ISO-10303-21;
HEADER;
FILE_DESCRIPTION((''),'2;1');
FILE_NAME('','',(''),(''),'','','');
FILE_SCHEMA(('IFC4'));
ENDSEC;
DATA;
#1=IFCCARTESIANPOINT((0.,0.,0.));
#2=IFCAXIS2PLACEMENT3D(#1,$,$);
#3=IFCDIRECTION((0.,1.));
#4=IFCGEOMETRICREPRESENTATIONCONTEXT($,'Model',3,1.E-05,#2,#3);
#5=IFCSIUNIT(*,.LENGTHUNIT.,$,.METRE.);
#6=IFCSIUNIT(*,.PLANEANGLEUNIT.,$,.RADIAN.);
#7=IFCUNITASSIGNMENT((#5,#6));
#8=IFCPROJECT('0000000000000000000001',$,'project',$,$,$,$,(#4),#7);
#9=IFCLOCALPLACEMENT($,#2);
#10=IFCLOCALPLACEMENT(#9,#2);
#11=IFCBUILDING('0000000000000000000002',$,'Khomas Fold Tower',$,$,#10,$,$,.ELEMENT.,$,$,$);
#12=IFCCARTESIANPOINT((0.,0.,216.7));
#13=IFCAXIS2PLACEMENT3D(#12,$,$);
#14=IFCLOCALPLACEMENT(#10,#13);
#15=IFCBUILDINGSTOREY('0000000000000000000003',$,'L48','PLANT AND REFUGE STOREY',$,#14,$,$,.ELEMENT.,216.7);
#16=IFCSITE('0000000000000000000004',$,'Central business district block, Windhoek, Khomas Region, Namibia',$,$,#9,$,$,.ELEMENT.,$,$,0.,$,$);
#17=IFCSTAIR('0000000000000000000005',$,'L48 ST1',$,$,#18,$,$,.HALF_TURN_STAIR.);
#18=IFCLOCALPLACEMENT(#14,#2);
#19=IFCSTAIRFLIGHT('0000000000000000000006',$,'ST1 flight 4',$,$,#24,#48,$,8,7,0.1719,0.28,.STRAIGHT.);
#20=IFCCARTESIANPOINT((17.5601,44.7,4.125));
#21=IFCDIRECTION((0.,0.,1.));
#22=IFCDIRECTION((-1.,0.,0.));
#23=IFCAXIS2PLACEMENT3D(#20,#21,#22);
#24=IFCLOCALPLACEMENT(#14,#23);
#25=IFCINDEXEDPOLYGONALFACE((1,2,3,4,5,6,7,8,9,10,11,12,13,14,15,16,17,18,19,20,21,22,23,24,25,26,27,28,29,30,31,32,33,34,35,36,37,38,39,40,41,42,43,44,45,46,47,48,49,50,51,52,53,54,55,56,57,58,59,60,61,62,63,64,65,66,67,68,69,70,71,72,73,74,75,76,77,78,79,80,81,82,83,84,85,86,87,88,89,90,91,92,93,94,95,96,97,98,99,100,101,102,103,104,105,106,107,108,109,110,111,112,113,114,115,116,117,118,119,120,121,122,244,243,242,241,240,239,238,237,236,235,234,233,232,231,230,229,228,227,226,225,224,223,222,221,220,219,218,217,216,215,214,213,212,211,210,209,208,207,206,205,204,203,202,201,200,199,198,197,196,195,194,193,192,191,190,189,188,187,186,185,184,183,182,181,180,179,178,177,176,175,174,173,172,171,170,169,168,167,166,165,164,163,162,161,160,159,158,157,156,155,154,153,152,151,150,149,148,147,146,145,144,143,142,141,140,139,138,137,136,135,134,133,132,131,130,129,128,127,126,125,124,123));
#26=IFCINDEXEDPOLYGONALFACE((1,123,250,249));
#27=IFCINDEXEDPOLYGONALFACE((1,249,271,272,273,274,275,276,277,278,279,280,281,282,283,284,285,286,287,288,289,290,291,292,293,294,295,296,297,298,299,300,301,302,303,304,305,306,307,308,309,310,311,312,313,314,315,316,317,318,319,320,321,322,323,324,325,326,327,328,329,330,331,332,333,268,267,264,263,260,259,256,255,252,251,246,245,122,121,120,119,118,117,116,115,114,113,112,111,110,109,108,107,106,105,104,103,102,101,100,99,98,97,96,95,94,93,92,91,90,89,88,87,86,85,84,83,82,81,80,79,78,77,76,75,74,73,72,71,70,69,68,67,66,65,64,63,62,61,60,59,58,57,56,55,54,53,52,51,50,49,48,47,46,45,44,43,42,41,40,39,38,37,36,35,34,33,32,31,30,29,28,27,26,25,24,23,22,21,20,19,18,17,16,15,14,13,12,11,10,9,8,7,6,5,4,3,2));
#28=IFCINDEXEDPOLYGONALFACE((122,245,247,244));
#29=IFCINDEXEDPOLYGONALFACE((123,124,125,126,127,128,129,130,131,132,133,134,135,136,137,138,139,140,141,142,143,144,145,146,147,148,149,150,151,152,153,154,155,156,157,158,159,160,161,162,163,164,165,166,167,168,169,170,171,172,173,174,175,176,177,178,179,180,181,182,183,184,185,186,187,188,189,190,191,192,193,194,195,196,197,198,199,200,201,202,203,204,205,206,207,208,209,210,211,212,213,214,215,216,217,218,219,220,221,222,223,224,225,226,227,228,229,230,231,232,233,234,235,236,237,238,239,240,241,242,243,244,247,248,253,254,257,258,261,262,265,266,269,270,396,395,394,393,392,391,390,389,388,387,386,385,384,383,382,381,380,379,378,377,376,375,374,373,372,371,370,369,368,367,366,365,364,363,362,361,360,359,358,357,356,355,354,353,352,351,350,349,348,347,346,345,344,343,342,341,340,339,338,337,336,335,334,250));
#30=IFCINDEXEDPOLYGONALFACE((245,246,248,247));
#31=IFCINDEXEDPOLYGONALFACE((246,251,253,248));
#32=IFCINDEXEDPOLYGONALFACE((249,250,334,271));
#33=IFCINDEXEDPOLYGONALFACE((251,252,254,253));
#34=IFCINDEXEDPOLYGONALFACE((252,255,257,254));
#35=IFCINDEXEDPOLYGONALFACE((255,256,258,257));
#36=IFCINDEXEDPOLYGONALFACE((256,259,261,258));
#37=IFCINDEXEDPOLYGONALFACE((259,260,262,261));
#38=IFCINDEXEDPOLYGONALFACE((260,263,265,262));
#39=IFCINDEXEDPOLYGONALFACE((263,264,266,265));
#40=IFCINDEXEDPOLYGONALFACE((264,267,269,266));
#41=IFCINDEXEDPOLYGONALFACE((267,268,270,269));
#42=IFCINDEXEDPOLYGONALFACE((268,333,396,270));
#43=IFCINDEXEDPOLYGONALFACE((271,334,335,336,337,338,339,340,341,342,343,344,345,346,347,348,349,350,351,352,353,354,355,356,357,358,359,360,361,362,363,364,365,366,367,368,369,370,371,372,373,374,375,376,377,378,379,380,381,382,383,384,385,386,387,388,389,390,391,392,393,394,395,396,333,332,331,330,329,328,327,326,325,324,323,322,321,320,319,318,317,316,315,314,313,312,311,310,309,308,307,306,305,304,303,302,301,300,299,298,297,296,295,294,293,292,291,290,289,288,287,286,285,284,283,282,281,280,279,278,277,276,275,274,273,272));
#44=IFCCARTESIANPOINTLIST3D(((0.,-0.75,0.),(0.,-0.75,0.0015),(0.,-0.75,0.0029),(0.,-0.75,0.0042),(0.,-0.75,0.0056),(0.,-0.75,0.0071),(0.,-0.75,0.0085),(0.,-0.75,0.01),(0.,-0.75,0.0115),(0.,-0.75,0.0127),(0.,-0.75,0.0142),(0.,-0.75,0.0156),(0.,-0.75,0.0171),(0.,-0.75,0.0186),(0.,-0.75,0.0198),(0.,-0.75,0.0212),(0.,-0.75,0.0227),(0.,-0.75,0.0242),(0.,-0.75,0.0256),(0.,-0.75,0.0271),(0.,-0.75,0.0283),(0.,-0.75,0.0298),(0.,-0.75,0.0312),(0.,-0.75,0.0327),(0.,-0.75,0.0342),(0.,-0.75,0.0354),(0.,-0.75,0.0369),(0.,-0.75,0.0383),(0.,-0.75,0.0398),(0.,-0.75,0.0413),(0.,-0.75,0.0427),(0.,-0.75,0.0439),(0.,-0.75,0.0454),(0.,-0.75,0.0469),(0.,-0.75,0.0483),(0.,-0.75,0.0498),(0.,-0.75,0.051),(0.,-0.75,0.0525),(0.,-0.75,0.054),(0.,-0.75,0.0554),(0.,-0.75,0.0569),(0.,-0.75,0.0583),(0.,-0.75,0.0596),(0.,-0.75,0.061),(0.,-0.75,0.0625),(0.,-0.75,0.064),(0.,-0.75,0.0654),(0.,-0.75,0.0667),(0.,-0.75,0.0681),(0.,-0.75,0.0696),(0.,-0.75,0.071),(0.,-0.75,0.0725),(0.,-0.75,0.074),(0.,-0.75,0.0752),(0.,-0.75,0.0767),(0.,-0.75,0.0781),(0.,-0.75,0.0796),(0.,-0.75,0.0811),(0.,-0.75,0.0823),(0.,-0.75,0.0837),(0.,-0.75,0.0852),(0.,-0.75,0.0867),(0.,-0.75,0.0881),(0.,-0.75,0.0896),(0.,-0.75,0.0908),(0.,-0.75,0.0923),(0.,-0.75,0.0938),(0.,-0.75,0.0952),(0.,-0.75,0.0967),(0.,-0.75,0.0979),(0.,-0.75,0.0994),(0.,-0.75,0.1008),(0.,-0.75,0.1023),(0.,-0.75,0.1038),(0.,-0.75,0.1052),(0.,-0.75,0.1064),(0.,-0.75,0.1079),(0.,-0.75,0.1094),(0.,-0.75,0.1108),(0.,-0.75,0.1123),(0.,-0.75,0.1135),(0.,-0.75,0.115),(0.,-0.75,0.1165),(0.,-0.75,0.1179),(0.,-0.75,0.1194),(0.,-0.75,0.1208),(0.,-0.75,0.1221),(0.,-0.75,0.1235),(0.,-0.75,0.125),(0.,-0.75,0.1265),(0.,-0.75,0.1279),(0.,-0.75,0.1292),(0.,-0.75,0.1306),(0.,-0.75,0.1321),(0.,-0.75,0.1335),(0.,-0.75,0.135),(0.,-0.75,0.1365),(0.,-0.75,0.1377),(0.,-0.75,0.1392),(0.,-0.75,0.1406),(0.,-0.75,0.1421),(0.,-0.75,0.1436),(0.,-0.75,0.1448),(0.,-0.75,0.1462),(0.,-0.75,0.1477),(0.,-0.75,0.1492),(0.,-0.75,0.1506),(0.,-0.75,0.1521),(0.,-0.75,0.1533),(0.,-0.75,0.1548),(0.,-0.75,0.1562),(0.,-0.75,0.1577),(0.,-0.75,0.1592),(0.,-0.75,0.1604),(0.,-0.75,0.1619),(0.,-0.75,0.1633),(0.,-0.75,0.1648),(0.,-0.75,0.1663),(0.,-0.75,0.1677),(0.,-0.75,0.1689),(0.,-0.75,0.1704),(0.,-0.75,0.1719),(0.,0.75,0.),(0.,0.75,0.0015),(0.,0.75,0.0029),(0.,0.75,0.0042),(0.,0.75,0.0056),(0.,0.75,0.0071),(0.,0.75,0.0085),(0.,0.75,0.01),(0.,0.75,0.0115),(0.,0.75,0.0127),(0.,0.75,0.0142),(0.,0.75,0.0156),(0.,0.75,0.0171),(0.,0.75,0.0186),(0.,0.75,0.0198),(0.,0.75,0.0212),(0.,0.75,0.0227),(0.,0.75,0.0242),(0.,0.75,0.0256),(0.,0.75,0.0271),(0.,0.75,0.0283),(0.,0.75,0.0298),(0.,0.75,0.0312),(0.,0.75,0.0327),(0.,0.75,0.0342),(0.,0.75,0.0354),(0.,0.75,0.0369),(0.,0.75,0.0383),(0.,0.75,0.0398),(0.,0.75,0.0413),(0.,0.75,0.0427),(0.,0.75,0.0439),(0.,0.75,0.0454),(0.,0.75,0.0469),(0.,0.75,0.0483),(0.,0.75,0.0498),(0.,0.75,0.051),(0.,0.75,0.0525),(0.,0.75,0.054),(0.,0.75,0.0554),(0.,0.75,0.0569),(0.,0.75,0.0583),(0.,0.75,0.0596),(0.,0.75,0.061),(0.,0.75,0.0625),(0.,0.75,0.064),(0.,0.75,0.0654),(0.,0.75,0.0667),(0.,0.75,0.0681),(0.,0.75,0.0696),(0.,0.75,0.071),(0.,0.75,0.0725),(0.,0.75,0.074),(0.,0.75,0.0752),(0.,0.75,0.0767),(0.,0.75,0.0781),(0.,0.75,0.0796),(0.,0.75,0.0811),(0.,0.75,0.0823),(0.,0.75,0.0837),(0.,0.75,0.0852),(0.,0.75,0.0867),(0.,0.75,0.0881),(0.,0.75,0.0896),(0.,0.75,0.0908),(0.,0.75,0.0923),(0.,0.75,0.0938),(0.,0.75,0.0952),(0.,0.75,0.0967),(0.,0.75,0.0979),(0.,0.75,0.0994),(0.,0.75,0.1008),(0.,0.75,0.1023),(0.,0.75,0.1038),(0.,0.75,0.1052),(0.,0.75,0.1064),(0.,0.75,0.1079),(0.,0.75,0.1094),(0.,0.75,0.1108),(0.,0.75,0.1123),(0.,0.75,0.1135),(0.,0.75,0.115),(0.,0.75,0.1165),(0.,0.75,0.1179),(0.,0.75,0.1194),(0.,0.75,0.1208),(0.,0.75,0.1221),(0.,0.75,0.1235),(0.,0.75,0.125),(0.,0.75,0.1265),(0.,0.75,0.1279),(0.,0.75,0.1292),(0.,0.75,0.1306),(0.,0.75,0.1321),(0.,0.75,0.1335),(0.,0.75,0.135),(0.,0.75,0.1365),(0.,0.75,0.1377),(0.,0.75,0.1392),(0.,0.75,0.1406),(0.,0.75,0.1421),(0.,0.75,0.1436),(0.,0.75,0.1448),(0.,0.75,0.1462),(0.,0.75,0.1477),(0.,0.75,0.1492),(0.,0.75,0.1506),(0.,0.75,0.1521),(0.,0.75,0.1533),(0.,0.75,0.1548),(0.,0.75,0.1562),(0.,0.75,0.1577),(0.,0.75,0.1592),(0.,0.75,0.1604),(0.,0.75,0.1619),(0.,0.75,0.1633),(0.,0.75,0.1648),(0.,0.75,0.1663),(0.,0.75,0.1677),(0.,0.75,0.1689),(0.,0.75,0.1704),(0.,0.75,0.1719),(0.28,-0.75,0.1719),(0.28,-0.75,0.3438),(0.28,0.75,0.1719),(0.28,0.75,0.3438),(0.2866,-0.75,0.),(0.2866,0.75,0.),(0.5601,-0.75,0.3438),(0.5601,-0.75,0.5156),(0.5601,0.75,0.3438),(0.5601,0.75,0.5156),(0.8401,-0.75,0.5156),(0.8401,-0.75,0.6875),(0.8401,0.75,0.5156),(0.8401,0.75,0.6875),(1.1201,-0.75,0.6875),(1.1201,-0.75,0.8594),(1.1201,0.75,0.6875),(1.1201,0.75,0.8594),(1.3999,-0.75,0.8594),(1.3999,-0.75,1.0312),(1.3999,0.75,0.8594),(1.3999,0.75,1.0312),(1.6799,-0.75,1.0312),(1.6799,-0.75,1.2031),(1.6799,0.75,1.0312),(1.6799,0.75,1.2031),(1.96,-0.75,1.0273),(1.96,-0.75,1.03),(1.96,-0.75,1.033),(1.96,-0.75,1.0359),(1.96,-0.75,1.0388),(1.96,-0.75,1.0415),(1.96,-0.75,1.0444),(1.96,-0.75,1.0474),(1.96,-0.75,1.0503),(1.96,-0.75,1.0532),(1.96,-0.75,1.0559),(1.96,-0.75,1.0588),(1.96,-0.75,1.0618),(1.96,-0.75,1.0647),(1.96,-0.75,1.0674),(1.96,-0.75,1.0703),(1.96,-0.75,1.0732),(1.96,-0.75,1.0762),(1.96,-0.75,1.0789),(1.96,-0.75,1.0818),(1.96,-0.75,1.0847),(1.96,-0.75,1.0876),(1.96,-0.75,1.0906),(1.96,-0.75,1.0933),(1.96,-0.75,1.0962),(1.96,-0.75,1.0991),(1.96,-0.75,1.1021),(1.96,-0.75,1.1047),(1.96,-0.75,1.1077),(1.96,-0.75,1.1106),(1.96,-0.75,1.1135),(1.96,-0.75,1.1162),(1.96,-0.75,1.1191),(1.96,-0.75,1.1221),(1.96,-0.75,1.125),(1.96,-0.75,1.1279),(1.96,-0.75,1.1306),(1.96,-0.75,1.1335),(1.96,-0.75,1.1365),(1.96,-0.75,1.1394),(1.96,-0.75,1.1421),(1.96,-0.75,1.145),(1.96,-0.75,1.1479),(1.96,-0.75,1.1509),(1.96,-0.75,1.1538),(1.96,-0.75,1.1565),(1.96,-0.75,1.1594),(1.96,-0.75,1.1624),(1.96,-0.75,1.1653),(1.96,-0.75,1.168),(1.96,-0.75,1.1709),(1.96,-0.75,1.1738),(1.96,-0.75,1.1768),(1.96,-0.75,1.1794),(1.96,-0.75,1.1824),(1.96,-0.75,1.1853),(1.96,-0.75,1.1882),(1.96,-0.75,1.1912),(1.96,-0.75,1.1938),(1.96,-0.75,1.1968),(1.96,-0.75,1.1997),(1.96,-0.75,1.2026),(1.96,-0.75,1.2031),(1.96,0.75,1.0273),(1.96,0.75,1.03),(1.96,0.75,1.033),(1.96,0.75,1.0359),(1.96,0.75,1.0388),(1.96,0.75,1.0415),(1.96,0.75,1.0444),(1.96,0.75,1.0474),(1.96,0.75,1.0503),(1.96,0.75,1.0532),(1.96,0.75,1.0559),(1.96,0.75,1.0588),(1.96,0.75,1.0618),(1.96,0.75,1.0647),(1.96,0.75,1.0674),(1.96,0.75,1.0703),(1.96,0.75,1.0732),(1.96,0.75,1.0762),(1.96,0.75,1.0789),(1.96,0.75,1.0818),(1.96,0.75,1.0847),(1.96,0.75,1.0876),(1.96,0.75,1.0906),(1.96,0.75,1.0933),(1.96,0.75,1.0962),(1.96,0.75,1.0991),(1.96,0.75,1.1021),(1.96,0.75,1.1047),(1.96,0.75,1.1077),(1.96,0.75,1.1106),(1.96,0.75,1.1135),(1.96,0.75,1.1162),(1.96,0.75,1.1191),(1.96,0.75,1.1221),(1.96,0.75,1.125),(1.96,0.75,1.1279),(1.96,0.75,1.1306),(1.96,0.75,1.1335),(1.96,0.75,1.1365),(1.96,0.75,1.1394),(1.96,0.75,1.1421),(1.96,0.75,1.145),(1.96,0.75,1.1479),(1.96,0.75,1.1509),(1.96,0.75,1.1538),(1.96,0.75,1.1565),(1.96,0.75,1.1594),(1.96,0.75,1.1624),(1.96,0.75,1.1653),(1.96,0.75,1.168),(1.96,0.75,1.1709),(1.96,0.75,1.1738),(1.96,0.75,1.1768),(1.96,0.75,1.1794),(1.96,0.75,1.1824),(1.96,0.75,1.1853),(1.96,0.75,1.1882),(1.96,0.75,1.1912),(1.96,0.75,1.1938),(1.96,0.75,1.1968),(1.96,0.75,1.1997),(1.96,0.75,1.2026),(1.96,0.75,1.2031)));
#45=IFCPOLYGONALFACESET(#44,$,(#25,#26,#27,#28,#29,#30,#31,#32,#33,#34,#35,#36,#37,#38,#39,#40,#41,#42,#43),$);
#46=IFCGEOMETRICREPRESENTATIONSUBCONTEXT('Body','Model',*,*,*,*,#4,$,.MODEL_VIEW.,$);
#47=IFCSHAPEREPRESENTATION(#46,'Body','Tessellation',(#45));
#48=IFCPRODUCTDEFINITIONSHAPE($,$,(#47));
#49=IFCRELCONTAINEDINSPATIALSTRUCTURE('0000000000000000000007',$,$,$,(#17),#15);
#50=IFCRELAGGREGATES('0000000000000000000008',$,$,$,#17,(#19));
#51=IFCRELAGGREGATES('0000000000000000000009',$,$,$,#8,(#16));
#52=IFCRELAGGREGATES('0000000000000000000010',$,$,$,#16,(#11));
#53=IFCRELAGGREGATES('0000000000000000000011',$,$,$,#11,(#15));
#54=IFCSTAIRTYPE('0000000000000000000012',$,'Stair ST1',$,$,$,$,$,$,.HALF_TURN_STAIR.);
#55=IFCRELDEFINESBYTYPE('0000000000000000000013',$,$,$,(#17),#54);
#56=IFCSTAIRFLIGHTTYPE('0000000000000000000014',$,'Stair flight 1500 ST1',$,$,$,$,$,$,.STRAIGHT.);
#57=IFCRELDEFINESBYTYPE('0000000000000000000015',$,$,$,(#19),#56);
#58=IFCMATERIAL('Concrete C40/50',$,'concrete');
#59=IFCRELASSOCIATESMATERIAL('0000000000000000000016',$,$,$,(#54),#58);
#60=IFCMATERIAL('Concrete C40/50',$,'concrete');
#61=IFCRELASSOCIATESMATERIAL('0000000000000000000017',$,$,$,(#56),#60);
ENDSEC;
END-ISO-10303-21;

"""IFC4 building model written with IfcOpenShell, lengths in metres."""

from ifc_helpers import new_model, si_unit, direction, frame, origin, place, context, subcontext, project, spatial, polyline, outline, extrude, source, transform, mapped, material, type_object, element, aggregate, save


model = new_model("IFC4")

# Units and contexts
model_context = context("Model", 3, precision=1e-05, world=origin(), true_north=direction((0.0, 1.0)))
body_context = subcontext(model_context, "Body", "Model", "MODEL_VIEW")
ifc_project = project(units=[si_unit("LENGTHUNIT", "METRE"), si_unit("PLANEANGLEUNIT", "RADIAN")], contexts=[model_context])

# Site, building, storey
site_placement = place(None, origin())
site = spatial("IfcSite", under=ifc_project, at=site_placement, Name="Central business district block, Windhoek, Khomas Region, Namibia", CompositionType="ELEMENT", RefElevation=0.0)
building_placement = place(site_placement, origin())
building = spatial("IfcBuilding", under=site, at=building_placement, Name="Khomas Fold Tower", CompositionType="ELEMENT")
storey_placement = place(building_placement, frame((0.0, 0.0, 216.7)))
storey = spatial("IfcBuildingStorey", under=building, at=storey_placement, Name="L48", Description="PLANT AND REFUGE STOREY", CompositionType="ELEMENT", Elevation=216.7)

# Stair, stair flight
ifc_material_1 = material(Name="Concrete C40/50", Category="concrete")
stair_type = type_object("IfcStairType", Name="Stair ST1", PredefinedType="HALF_TURN_STAIR", material=ifc_material_1)
stair_placement = place(storey_placement, origin())
stair = element("IfcStair", 1, at=stair_placement, inside=storey, type_object=stair_type, Name="L48 ST1", PredefinedType="HALF_TURN_STAIR")
ifc_material_2 = material(Name="Concrete C40/50", Category="concrete")
stair_flight_type = type_object("IfcStairFlightType", Name="Stair flight 1500 ST1", PredefinedType="STRAIGHT", material=ifc_material_2)
shared_shape_1 = source(origin(), body_context, "Body", "SweptSolid", [
    extrude(outline(polyline([(0.0, 0.0), (0.0, 0.0015), (0.0, 0.0029), (0.0, 0.0042), (0.0, 0.0056), (0.0, 0.0071), (0.0, 0.0085), (0.0, 0.01), (0.0, 0.0115), (0.0, 0.0127), (0.0, 0.0142), (0.0, 0.0156), (0.0, 0.0171), (0.0, 0.0186), (0.0, 0.0198), (0.0, 0.0212), (0.0, 0.0227), (0.0, 0.0242), (0.0, 0.0256), (0.0, 0.0271), (0.0, 0.0283), (0.0, 0.0298), (0.0, 0.0312), (0.0, 0.0327), (0.0, 0.0342), (0.0, 0.0354), (0.0, 0.0369), (0.0, 0.0383), (0.0, 0.0398), (0.0, 0.0413), (0.0, 0.0427), (0.0, 0.0439), (0.0, 0.0454), (0.0, 0.0469), (0.0, 0.0483), (0.0, 0.0498), (0.0, 0.051), (0.0, 0.0525), (0.0, 0.054), (0.0, 0.0554), (0.0, 0.0569), (0.0, 0.0583), (0.0, 0.0596), (0.0, 0.061), (0.0, 0.0625), (0.0, 0.064), (0.0, 0.0654), (0.0, 0.0667), (0.0, 0.0681), (0.0, 0.0696), (0.0, 0.071), (0.0, 0.0725), (0.0, 0.074), (0.0, 0.0752), (0.0, 0.0767), (0.0, 0.0781), (0.0, 0.0796), (0.0, 0.0811), (0.0, 0.0823), (0.0, 0.0837), (0.0, 0.0852), (0.0, 0.0867), (0.0, 0.0881), (0.0, 0.0896), (0.0, 0.0908), (0.0, 0.0923), (0.0, 0.0938), (0.0, 0.0952), (0.0, 0.0967), (0.0, 0.0979), (0.0, 0.0994), (0.0, 0.1008), (0.0, 0.1023), (0.0, 0.1038), (0.0, 0.1052), (0.0, 0.1064), (0.0, 0.1079), (0.0, 0.1094), (0.0, 0.1108), (0.0, 0.1123), (0.0, 0.1135), (0.0, 0.115), (0.0, 0.1165), (0.0, 0.1179), (0.0, 0.1194), (0.0, 0.1208), (0.0, 0.1221), (0.0, 0.1235), (0.0, 0.125), (0.0, 0.1265), (0.0, 0.1279), (0.0, 0.1292), (0.0, 0.1306), (0.0, 0.1321), (0.0, 0.1335), (0.0, 0.135), (0.0, 0.1365), (0.0, 0.1377), (0.0, 0.1392), (0.0, 0.1406), (0.0, 0.1421), (0.0, 0.1436), (0.0, 0.1448), (0.0, 0.1462), (0.0, 0.1477), (0.0, 0.1492), (0.0, 0.1506), (0.0, 0.1521), (0.0, 0.1533), (0.0, 0.1548), (0.0, 0.1562), (0.0, 0.1577), (0.0, 0.1592), (0.0, 0.1604), (0.0, 0.1619), (0.0, 0.1633), (0.0, 0.1648), (0.0, 0.1663), (0.0, 0.1677), (0.0, 0.1689), (0.0, 0.1704), (0.0, 0.1719), (0.28, 0.1719), (0.28, 0.3438), (0.5601, 0.3438), (0.5601, 0.5156), (0.8401, 0.5156), (0.8401, 0.6875), (1.1201, 0.6875), (1.1201, 0.8594), (1.3999, 0.8594), (1.3999, 1.0312), (1.6799, 1.0312), (1.6799, 1.2031), (1.96, 1.2031), (1.96, 1.375), (1.96, 1.3721), (1.96, 1.3691), (1.96, 1.3665), (1.96, 1.3635), (1.96, 1.3606), (1.96, 1.3577), (1.96, 1.355), (1.96, 1.3521), (1.96, 1.3491), (1.96, 1.3462), (1.96, 1.3435), (1.96, 1.3406), (1.96, 1.3376), (1.96, 1.3347), (1.96, 1.3318), (1.96, 1.3291), (1.96, 1.3262), (1.96, 1.3232), (1.96, 1.3203), (1.96, 1.3176), (1.96, 1.3147), (1.96, 1.3118), (1.96, 1.3088), (1.96, 1.3059), (1.96, 1.3032), (1.96, 1.3003), (1.96, 1.2974), (1.96, 1.2944), (1.96, 1.2917), (1.96, 1.2888), (1.96, 1.2859), (1.96, 1.283), (1.96, 1.2803), (1.96, 1.2773), (1.96, 1.2744), (1.96, 1.2715), (1.96, 1.2686), (1.96, 1.2659), (1.96, 1.2629), (1.96, 1.26), (1.96, 1.2571), (1.96, 1.2544), (1.96, 1.2515), (1.96, 1.2485), (1.96, 1.2456), (1.96, 1.2427), (1.96, 1.24), (1.96, 1.2371), (1.96, 1.2341), (1.96, 1.2312), (1.96, 1.2285), (1.96, 1.2256), (1.96, 1.2227), (1.96, 1.2197), (1.96, 1.217), (1.96, 1.2141), (1.96, 1.2112), (1.96, 1.2083), (1.96, 1.2053), (1.96, 1.2026), (1.96, 1.1997), (1.96, 1.1968), (1.96, 1.1938), (1.96, 1.1912), (1.96, 1.1882), (1.96, 1.1853), (1.96, 1.1824), (1.96, 1.1794), (1.96, 1.1768), (1.96, 1.1738), (1.96, 1.1709), (1.96, 1.168), (1.96, 1.1653), (1.96, 1.1624), (1.96, 1.1594), (1.96, 1.1565), (1.96, 1.1538), (1.96, 1.1509), (1.96, 1.1479), (1.96, 1.145), (1.96, 1.1421), (1.96, 1.1394), (1.96, 1.1365), (1.96, 1.1335), (1.96, 1.1306), (1.96, 1.1279), (1.96, 1.125), (1.96, 1.1221), (1.96, 1.1191), (1.96, 1.1162), (1.96, 1.1135), (1.96, 1.1106), (1.96, 1.1077), (1.96, 1.1047), (1.96, 1.1021), (1.96, 1.0991), (1.96, 1.0962), (1.96, 1.0933), (1.96, 1.0906), (1.96, 1.0876), (1.96, 1.0847), (1.96, 1.0818), (1.96, 1.0789), (1.96, 1.0762), (1.96, 1.0732), (1.96, 1.0703), (1.96, 1.0674), (1.96, 1.0647), (1.96, 1.0618), (1.96, 1.0588), (1.96, 1.0559), (1.96, 1.0532), (1.96, 1.0503), (1.96, 1.0474), (1.96, 1.0444), (1.96, 1.0415), (1.96, 1.0388), (1.96, 1.0359), (1.96, 1.033), (1.96, 1.03), (1.96, 1.0273), (0.2866, 0.0), (0.0, 0.0)])), frame((0.0, 0.75, 0.0), z_axis=(0.0, -1.0, 0.0), x_axis=(1.0, 0.0, 0.0)), (0.0, 0.0, 1.0), 1.5),
])
stair_flight_1_placement = place(storey_placement, frame((17.5601, 44.7, 4.125), z_axis=(0.0, 0.0, 1.0), x_axis=(-1.0, 0.0, 0.0)))
stair_flight_1 = element("IfcStairFlight", 2, at=stair_flight_1_placement, type_object=stair_flight_type, Name="ST1 flight 4", NumberOfRisers=8, NumberOfTreads=7, PredefinedType="STRAIGHT", RiserHeight=0.1719, TreadLength=0.28, context=body_context, shape_type="MappedRepresentation", body=[
    mapped(shared_shape_1, transform((0.0, 0.0, 0.0))),
])
aggregate(stair, [stair_flight_1])

save(model, "model.ifc")
